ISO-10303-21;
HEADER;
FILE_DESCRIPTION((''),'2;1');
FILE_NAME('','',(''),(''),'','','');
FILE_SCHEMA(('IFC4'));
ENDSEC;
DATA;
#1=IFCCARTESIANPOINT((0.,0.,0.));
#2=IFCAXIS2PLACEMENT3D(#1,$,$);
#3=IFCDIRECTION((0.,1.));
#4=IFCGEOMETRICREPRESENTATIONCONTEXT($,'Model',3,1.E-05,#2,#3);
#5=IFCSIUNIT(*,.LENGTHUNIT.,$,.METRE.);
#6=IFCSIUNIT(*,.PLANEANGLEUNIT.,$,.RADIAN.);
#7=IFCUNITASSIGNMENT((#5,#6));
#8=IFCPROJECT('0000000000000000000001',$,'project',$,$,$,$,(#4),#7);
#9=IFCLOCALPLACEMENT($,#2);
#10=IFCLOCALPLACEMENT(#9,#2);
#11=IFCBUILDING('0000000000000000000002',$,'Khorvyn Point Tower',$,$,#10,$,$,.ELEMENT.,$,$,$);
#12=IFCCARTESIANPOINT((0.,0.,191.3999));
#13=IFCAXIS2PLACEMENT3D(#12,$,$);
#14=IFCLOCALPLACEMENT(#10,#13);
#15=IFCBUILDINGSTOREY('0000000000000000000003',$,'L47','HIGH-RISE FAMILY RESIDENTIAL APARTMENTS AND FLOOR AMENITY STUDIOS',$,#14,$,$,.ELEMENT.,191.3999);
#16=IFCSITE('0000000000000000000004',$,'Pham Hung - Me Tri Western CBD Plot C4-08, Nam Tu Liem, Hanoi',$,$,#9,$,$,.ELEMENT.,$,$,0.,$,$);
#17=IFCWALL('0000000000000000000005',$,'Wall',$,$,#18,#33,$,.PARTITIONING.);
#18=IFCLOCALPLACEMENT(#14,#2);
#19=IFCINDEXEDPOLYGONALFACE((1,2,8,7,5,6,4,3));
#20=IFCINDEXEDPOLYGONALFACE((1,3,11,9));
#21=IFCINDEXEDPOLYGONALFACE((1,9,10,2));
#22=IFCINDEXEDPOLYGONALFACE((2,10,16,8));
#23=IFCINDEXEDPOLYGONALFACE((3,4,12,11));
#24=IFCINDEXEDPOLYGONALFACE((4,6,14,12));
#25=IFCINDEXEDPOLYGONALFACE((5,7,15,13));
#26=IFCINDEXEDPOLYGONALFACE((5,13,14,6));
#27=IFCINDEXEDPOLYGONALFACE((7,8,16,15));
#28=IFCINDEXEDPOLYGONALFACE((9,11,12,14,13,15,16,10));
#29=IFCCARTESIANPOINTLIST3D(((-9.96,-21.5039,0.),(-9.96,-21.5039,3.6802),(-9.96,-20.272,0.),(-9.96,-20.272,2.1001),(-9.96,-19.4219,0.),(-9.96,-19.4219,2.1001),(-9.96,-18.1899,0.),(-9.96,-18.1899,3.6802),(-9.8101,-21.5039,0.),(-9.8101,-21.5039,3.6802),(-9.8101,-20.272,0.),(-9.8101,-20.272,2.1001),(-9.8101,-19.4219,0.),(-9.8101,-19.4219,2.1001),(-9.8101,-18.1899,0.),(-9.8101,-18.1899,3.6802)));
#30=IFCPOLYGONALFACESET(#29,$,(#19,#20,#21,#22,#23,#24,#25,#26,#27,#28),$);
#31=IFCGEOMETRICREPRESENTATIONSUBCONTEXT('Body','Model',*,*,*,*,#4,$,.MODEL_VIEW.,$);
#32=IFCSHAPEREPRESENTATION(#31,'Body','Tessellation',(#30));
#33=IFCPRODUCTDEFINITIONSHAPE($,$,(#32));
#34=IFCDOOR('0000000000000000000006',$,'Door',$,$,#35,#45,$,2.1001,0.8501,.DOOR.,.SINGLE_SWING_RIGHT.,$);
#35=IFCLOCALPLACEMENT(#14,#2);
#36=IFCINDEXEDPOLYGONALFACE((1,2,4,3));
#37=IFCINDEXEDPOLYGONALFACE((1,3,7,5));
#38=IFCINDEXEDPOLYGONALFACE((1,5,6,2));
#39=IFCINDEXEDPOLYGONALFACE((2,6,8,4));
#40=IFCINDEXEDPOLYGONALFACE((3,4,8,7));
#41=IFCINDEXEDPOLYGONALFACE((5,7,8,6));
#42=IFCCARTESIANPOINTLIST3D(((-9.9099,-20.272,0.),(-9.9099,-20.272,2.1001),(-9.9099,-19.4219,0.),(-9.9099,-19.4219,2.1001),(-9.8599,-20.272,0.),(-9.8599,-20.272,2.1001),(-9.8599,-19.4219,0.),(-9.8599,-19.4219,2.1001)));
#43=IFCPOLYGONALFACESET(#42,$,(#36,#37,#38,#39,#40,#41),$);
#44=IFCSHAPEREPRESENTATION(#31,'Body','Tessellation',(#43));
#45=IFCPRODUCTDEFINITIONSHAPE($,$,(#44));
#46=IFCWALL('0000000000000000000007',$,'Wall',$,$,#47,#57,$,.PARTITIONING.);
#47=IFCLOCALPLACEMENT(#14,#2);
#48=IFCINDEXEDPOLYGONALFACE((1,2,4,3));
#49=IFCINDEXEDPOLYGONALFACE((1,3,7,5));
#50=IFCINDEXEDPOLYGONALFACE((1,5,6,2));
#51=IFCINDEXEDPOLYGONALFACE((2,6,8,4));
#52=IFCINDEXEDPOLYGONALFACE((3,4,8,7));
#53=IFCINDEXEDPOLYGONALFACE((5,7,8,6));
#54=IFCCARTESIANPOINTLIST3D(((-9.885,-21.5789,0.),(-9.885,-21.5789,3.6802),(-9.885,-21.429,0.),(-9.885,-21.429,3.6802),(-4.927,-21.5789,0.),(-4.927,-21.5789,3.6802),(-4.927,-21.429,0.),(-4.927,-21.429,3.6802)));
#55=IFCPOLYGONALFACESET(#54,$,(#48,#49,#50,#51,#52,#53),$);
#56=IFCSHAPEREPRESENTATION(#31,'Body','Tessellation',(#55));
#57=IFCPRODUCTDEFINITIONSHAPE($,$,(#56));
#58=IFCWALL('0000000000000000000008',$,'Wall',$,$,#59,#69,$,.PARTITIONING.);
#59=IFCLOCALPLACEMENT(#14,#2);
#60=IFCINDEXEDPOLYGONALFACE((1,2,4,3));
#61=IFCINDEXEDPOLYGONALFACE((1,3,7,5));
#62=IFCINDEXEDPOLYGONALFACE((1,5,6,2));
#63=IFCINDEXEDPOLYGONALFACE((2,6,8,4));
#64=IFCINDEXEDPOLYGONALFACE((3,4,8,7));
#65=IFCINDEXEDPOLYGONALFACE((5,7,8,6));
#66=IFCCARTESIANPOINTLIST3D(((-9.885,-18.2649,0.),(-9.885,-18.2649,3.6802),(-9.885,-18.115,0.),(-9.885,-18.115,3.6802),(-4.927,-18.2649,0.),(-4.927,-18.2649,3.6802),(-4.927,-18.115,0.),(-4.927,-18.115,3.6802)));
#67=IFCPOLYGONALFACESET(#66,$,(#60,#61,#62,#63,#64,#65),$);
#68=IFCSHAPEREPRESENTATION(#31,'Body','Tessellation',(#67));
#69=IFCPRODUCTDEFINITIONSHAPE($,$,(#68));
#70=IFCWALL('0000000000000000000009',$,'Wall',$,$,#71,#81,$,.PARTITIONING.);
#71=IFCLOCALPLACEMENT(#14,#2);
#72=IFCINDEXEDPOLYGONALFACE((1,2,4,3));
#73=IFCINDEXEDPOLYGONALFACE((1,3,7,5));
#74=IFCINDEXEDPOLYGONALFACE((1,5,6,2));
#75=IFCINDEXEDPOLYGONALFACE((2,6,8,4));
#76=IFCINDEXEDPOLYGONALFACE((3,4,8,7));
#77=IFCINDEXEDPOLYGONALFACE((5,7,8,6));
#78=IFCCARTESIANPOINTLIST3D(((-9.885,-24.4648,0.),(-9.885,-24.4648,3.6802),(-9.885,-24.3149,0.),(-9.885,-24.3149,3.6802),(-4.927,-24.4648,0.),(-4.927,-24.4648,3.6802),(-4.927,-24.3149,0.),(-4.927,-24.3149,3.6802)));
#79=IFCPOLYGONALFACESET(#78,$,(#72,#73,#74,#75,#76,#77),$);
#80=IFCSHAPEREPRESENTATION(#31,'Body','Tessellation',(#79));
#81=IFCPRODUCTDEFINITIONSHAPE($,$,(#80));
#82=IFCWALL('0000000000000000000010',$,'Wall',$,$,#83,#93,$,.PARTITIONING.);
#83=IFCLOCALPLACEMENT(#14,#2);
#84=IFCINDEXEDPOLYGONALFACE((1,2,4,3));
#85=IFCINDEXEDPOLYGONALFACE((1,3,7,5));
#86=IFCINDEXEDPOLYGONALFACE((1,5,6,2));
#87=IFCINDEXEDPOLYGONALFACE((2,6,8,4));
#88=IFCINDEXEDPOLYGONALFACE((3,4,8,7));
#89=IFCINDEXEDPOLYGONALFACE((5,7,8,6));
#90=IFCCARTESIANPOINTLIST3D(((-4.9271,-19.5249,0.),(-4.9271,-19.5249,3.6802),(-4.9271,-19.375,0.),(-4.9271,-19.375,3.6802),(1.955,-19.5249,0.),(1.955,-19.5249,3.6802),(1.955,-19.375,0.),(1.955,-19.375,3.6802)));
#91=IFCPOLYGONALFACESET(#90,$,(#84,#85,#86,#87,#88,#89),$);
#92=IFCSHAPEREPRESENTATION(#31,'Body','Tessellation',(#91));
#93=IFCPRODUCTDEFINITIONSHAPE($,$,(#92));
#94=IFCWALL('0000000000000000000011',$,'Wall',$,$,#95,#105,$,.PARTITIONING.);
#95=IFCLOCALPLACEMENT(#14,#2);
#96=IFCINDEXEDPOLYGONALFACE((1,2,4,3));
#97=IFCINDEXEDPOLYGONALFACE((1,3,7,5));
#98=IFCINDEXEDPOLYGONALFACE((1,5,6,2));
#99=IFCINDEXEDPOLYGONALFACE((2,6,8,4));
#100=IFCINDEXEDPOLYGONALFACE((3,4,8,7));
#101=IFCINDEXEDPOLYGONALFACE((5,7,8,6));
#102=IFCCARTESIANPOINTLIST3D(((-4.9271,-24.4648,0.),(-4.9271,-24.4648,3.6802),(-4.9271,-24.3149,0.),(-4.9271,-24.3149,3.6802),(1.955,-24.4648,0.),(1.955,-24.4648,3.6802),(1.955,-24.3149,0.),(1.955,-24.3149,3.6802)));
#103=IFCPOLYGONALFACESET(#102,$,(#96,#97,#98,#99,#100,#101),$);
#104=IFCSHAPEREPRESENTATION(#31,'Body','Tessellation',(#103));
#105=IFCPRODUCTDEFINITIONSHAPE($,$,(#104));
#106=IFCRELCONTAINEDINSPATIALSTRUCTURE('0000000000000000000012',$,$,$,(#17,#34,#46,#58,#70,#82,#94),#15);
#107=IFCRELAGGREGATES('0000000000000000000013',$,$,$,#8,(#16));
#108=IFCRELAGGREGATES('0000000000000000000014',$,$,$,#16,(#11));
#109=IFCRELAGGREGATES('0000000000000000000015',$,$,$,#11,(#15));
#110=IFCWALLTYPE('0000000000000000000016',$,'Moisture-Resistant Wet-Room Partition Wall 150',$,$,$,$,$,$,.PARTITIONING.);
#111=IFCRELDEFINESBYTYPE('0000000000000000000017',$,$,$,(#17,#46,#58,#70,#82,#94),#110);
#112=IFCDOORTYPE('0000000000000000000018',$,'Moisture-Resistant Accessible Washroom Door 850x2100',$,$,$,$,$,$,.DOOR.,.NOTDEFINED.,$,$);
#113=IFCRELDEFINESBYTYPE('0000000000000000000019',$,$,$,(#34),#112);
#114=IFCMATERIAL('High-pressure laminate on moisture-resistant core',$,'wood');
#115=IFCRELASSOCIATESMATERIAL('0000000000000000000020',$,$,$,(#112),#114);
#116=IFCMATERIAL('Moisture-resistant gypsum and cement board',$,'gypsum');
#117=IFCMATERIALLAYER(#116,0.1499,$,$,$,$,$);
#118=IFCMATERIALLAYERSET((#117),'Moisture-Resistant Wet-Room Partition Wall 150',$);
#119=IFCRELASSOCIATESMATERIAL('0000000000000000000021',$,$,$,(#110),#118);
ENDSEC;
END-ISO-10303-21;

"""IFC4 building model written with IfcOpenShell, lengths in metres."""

from ifc_helpers import new_model, si_unit, direction, frame, frame_2d, origin, place, context, subcontext, project, spatial, rectangle, extrude, material, layer, layer_set, type_object, element, fill, save


model = new_model("IFC4")

# Units and contexts
model_context = context("Model", 3, precision=1e-05, world=origin(), true_north=direction((0.0, 1.0)))
body_context = subcontext(model_context, "Body", "Model", "MODEL_VIEW")
ifc_project = project(units=[si_unit("LENGTHUNIT", "METRE"), si_unit("PLANEANGLEUNIT", "RADIAN")], contexts=[model_context])

# Site, building, storey
site_placement = place(None, origin())
site = spatial("IfcSite", under=ifc_project, at=site_placement, Name="Pham Hung - Me Tri Western CBD Plot C4-08, Nam Tu Liem, Hanoi", CompositionType="ELEMENT", RefElevation=0.0)
building_placement = place(site_placement, origin())
building = spatial("IfcBuilding", under=site, at=building_placement, Name="Khorvyn Point Tower", CompositionType="ELEMENT")
storey_placement = place(building_placement, frame((0.0, 0.0, 191.3999)))
storey = spatial("IfcBuildingStorey", under=building, at=storey_placement, Name="L47", Description="HIGH-RISE FAMILY RESIDENTIAL APARTMENTS AND FLOOR AMENITY STUDIOS", CompositionType="ELEMENT", Elevation=191.3999)

# Wall, opening, door
ifc_material_1 = material(Name="High-pressure laminate on moisture-resistant core", Category="wood")
door_type_1 = type_object("IfcDoorType", Name="Moisture-Resistant Accessible Washroom Door 850x2100", OperationType="NOTDEFINED", PredefinedType="DOOR", material=ifc_material_1)
ifc_material_2 = material(Name="Moisture-resistant gypsum and cement board", Category="gypsum")
ifc_layer_1 = layer(ifc_material_2, 0.1499)
ifc_layer_set_1 = layer_set([ifc_layer_1], Name="Moisture-Resistant Wet-Room Partition Wall 150")
wall_type_1 = type_object("IfcWallType", Name="Moisture-Resistant Wet-Room Partition Wall 150", PredefinedType="PARTITIONING", material=ifc_layer_set_1)
wall_1_placement = place(storey_placement, frame((-9.885, -21.5039, 0.0), z_axis=(0.0, 0.0, 1.0), x_axis=(0.0, 1.0, 0.0)))
wall_1 = element("IfcWall", 1, at=wall_1_placement, inside=storey, type_object=wall_type_1, Name="Wall", PredefinedType="PARTITIONING", context=body_context, shape_type="SweptSolid", body=[
    extrude(rectangle(XDim=3.314, YDim=0.1499, at=frame_2d((1.657, 0.0))), origin(), (0.0, 0.0, 1.0), 3.6802),
])
opening_1_placement = place(wall_1_placement, frame((1.2319, 0.0, 0.0)))
opening_1 = element("IfcOpeningElement", 2, at=opening_1_placement, cuts=wall_1, PredefinedType="OPENING", context=body_context, shape_type="SweptSolid", body=[
    extrude(rectangle(XDim=0.8501, YDim=2.1001, at=frame_2d((0.425, 1.05))), frame((0.0, 0.085, 0.0), z_axis=(0.0, -1.0, 0.0), x_axis=(1.0, 0.0, 0.0)), (0.0, 0.0, 1.0), 0.1699),
])
door_1_placement = place(opening_1_placement, origin())
door_1 = element("IfcDoor", 3, at=door_1_placement, inside=storey, type_object=door_type_1, Name="Door", OperationType="SINGLE_SWING_RIGHT", OverallHeight=2.1001, OverallWidth=0.8501, PredefinedType="DOOR", context=body_context, shape_type="SweptSolid", body=[
    extrude(rectangle(XDim=0.8501, YDim=2.1001, at=frame_2d((0.425, 1.05))), frame((0.0, 0.0249, 0.0), z_axis=(0.0, -1.0, 0.0), x_axis=(1.0, 0.0, 0.0)), (0.0, 0.0, 1.0), 0.05),
])
fill(opening_1, door_1)

# Walls
for number, where, z_axis, x_axis, name in (
    (4, (-9.885, -21.5039, 0.0), (0.0, 0.0, 1.0), (1.0, 0.0, 0.0), "Wall"),
    (5, (-9.885, -18.1899, 0.0), (0.0, 0.0, 1.0), (1.0, 0.0, 0.0), "Wall"),
    (6, (-9.885, -24.3899, 0.0), (0.0, 0.0, 1.0), (1.0, 0.0, 0.0), "Wall"),
):
    element("IfcWall", number, at=place(storey_placement, frame(where, z_axis=z_axis, x_axis=x_axis)), inside=storey, type_object=wall_type_1, Name=name, PredefinedType="PARTITIONING", context=body_context, shape_type="SweptSolid", body=[
        extrude(rectangle(XDim=4.958, YDim=0.1499, at=frame_2d((2.479, 0.0))), origin(), (0.0, 0.0, 1.0), 3.6802),
    ])
for number, where, z_axis, x_axis, name in (
    (7, (-4.927, -19.45, 0.0), (0.0, 0.0, 1.0), (1.0, 0.0, 0.0), "Wall"),
    (8, (-4.927, -24.3899, 0.0), (0.0, 0.0, 1.0), (1.0, 0.0, 0.0), "Wall"),
):
    element("IfcWall", number, at=place(storey_placement, frame(where, z_axis=z_axis, x_axis=x_axis)), inside=storey, type_object=wall_type_1, Name=name, PredefinedType="PARTITIONING", context=body_context, shape_type="SweptSolid", body=[
        extrude(rectangle(XDim=6.8821, YDim=0.1499, at=frame_2d((3.4409, 0.0))), origin(), (0.0, 0.0, 1.0), 3.6802),
    ])

save(model, "model.ifc")
